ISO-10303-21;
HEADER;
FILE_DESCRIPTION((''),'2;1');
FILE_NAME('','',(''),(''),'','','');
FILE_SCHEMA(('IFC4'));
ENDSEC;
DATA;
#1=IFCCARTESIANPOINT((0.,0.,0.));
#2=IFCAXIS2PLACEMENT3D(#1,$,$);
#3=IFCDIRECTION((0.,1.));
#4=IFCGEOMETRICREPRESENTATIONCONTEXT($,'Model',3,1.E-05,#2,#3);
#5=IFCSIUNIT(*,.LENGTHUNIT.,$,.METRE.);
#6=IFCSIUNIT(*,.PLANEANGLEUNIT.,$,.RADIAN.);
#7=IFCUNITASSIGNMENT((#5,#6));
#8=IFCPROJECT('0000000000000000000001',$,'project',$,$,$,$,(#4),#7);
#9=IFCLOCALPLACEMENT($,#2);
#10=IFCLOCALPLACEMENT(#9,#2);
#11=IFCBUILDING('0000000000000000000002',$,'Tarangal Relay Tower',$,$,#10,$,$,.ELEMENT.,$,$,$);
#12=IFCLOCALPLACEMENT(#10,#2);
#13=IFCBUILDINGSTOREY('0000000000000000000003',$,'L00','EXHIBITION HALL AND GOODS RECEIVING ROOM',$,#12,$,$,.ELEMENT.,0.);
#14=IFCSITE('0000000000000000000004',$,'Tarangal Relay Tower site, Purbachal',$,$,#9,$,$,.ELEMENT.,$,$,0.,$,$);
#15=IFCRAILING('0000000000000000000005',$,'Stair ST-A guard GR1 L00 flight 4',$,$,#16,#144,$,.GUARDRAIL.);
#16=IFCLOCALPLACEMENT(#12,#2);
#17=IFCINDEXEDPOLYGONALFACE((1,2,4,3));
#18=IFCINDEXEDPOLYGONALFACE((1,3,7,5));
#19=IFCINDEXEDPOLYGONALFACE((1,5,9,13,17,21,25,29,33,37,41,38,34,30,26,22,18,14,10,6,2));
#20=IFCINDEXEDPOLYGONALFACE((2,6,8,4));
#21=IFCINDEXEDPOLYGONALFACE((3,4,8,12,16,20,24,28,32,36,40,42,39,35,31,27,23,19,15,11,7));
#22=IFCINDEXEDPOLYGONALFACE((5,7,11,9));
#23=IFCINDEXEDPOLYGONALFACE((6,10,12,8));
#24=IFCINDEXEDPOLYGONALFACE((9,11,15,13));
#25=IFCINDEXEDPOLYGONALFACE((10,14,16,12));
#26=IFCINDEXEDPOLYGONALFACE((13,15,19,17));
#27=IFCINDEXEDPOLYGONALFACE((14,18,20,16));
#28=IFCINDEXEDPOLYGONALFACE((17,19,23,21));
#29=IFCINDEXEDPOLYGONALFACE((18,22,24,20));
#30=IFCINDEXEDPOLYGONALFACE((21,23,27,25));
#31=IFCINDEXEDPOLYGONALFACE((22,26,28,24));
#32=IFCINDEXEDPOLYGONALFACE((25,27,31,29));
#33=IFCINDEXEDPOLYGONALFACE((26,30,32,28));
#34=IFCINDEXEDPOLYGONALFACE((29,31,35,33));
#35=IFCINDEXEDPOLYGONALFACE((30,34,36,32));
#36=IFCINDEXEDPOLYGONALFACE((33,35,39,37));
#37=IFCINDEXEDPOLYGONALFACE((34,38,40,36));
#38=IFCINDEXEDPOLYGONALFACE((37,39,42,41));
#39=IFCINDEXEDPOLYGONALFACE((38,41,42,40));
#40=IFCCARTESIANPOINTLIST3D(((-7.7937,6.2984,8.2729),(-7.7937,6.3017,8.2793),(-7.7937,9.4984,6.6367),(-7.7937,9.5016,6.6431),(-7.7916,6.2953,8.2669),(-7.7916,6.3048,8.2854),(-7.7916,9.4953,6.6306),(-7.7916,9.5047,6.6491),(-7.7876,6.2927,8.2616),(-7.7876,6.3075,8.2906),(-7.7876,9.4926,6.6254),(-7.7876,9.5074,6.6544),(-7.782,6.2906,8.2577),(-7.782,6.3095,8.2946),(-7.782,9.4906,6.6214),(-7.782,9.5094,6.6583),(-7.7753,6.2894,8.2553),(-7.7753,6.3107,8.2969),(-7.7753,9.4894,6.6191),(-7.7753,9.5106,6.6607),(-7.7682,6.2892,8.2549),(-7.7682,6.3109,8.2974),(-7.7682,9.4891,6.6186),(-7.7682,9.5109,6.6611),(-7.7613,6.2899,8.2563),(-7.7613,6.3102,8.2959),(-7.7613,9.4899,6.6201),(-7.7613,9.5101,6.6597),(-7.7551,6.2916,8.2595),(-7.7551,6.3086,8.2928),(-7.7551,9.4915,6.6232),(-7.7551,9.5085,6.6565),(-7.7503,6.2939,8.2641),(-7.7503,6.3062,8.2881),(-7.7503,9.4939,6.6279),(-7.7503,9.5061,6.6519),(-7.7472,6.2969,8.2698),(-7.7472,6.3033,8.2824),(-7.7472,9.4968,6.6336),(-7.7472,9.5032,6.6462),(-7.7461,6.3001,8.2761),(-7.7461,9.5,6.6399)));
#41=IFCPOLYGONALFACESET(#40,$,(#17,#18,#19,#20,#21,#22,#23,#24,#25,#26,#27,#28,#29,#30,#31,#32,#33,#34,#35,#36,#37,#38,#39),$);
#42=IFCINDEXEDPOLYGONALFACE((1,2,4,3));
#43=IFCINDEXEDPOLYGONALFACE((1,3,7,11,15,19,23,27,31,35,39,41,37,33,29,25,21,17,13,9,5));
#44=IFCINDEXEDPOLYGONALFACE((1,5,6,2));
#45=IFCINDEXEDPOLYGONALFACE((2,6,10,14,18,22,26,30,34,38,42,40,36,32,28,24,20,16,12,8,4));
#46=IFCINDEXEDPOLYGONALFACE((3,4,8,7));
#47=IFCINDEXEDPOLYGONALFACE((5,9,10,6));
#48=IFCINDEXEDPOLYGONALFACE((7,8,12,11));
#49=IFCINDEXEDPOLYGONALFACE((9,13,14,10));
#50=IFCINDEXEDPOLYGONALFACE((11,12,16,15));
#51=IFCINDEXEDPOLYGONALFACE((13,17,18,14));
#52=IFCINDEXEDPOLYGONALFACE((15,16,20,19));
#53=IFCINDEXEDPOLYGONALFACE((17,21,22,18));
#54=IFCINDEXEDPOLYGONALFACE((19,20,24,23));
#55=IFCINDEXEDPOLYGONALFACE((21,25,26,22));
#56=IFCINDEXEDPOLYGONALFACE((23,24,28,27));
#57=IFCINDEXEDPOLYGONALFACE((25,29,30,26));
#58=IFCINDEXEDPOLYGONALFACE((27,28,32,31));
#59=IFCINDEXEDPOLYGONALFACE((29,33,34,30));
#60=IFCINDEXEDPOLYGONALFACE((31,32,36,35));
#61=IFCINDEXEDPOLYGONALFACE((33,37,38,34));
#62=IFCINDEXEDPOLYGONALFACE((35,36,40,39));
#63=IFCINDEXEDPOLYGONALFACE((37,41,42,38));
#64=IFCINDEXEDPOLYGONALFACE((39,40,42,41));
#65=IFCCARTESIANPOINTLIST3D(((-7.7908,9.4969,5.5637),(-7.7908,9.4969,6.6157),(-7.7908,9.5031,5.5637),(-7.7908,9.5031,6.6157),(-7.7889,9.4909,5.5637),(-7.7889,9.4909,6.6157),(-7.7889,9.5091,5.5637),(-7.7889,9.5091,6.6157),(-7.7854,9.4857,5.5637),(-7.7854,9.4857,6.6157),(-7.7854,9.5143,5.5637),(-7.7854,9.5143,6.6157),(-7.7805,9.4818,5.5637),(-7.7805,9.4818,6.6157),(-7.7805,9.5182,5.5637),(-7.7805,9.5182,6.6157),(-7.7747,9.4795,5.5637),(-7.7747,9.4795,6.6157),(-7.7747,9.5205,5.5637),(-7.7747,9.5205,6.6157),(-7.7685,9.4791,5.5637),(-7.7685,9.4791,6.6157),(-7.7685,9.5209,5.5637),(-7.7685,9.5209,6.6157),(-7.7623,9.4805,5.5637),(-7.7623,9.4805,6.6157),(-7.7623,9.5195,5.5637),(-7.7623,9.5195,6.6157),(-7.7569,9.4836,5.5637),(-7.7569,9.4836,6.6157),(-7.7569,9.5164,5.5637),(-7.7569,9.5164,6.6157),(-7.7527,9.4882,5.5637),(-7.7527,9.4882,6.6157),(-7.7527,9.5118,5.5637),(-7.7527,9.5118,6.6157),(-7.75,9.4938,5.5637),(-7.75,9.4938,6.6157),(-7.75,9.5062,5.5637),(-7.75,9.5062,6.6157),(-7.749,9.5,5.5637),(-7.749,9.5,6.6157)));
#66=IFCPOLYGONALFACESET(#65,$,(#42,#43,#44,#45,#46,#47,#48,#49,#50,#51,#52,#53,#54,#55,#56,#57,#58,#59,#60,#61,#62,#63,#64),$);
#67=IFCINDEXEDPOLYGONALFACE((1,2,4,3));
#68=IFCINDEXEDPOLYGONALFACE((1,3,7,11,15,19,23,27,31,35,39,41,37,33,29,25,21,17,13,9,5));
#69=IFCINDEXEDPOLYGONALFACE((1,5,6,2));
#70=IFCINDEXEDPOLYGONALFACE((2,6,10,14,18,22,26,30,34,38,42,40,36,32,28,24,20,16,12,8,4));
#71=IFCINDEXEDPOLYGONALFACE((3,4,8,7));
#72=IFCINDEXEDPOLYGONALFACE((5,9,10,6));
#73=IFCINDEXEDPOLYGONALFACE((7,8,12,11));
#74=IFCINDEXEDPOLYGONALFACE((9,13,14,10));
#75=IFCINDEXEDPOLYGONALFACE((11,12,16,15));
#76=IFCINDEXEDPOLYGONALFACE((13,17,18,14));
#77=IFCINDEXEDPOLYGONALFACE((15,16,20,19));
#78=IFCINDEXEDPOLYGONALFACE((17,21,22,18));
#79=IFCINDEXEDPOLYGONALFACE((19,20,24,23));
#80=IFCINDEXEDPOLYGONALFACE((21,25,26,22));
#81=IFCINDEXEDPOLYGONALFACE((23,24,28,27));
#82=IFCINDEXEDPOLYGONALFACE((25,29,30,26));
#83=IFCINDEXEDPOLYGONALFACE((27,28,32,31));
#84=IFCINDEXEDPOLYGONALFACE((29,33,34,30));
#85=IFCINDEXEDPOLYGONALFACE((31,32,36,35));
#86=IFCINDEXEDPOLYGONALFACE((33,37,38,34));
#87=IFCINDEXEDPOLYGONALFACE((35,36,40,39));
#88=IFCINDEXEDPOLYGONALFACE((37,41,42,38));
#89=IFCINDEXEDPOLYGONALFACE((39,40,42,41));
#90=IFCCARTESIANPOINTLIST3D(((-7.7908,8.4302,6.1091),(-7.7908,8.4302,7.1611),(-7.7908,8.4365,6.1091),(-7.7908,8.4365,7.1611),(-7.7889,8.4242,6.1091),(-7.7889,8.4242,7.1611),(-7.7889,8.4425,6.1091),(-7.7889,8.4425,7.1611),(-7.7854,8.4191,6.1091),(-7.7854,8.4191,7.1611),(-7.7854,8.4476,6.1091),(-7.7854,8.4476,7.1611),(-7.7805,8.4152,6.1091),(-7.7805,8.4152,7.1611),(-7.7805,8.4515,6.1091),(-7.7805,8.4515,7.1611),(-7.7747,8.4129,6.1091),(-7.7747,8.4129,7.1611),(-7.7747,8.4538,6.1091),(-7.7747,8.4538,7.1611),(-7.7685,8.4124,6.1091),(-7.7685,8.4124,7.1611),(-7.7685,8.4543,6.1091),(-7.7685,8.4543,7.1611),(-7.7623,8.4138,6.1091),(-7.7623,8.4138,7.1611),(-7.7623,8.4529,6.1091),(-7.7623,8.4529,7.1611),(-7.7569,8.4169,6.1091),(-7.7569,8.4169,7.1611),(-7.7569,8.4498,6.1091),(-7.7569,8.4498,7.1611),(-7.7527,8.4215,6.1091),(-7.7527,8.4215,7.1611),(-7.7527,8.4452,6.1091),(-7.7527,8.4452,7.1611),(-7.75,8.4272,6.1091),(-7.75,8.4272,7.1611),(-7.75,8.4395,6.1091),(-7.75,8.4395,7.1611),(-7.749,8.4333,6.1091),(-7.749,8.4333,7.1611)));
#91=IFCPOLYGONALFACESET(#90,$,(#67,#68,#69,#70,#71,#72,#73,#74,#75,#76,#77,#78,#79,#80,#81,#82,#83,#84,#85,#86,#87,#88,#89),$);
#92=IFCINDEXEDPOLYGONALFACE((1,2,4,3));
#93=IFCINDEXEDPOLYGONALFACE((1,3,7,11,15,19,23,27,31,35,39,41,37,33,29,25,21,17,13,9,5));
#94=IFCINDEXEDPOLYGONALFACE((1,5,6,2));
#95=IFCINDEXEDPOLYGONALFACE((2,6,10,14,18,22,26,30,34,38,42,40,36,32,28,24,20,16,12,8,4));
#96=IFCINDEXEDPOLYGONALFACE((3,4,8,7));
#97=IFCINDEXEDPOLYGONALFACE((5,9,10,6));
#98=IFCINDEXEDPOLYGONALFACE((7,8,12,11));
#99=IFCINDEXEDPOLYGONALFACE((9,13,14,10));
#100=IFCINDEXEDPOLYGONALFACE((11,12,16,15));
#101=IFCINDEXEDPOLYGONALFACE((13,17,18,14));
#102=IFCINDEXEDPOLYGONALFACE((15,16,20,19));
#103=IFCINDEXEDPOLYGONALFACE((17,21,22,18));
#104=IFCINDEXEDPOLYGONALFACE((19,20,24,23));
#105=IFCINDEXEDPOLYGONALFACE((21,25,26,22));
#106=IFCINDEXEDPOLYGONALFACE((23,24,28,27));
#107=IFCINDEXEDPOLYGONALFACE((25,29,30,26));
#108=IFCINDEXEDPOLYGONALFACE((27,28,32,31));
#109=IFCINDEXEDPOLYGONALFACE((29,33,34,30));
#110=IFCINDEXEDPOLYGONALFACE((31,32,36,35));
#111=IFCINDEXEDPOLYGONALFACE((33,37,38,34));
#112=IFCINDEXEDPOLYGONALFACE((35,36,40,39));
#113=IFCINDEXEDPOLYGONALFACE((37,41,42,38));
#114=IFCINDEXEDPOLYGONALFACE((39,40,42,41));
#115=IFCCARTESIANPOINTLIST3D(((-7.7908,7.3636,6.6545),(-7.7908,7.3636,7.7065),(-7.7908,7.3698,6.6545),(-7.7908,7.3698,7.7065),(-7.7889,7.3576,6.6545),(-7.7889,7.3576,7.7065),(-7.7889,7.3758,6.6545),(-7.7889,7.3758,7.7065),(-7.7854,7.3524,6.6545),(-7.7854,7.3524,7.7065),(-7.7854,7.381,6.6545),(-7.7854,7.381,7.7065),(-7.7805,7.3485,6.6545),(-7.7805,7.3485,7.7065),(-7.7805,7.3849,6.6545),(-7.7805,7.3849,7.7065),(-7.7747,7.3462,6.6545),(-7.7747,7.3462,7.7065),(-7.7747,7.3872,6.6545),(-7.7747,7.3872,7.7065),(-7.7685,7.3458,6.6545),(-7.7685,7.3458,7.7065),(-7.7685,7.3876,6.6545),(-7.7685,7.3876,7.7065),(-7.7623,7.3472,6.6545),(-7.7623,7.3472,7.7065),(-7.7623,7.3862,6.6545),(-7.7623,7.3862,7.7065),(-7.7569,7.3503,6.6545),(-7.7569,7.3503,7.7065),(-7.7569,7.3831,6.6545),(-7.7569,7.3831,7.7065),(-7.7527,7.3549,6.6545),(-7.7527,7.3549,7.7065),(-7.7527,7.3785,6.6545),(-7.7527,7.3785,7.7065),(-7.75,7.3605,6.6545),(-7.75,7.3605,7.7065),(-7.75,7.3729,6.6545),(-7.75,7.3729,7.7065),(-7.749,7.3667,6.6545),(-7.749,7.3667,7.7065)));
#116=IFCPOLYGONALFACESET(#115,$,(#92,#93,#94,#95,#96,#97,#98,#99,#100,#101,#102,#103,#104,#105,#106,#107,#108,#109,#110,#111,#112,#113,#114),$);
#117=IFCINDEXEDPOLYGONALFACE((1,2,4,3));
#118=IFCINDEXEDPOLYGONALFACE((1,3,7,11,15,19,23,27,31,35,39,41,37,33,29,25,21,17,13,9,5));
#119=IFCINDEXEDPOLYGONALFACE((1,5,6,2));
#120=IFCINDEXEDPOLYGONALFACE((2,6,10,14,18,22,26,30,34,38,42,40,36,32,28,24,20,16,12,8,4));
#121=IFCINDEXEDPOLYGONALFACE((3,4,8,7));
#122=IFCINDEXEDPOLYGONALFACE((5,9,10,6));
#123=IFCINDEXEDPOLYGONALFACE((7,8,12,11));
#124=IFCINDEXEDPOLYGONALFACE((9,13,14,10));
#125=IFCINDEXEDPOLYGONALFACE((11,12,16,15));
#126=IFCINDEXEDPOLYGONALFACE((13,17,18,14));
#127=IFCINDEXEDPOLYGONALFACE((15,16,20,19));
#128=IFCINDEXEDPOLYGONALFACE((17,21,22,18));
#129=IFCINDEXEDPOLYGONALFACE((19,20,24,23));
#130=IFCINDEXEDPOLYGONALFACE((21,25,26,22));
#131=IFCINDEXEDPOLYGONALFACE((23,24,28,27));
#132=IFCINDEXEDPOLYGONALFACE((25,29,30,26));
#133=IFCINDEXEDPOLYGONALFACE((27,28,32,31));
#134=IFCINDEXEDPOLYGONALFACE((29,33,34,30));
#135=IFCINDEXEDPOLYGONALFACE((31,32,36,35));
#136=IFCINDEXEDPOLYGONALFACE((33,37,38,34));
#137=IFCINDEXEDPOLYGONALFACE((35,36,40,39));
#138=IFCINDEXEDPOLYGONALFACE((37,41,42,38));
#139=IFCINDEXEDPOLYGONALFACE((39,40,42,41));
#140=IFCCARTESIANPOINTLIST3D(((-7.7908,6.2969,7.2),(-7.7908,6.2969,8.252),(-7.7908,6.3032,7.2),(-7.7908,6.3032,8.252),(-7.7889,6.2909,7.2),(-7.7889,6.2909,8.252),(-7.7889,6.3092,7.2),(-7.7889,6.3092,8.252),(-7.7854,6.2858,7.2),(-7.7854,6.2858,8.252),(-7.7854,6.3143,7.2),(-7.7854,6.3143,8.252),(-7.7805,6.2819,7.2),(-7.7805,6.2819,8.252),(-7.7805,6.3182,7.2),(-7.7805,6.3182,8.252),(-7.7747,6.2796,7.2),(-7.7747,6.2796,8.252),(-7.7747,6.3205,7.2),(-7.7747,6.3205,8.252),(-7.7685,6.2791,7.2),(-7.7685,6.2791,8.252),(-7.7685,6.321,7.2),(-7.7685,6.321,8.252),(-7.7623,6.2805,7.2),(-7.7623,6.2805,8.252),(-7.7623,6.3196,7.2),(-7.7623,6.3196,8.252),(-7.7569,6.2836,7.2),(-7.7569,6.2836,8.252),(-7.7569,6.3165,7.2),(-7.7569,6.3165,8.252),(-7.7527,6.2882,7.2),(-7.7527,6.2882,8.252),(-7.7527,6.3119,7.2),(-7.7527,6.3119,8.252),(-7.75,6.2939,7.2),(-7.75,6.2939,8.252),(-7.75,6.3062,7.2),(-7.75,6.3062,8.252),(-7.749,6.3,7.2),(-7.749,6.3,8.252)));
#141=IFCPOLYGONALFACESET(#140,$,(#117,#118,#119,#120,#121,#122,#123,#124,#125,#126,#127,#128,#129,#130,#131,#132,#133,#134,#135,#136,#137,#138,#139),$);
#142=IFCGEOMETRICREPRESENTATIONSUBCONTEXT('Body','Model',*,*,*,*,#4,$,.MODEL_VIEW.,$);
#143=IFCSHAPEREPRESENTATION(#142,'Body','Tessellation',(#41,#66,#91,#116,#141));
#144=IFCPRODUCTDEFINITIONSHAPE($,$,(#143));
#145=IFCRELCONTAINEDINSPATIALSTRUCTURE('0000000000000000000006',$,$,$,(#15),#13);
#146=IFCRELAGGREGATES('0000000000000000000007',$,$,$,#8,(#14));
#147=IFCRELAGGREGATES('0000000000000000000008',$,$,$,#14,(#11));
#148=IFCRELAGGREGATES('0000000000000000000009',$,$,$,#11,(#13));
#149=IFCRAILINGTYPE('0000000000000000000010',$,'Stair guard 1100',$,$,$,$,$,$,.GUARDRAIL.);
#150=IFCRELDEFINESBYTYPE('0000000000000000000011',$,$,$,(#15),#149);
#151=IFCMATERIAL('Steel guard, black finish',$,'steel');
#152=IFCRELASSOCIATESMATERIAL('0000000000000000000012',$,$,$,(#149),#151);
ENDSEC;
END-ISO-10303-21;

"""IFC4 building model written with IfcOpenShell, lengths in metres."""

from ifc_helpers import new_model, si_unit, direction, frame, origin, origin_2d, place, context, subcontext, project, spatial, circle, extrude, material, type_object, element, save


model = new_model("IFC4")

# Units and contexts
model_context = context("Model", 3, precision=1e-05, world=origin(), true_north=direction((0.0, 1.0)))
body_context = subcontext(model_context, "Body", "Model", "MODEL_VIEW")
ifc_project = project(units=[si_unit("LENGTHUNIT", "METRE"), si_unit("PLANEANGLEUNIT", "RADIAN")], contexts=[model_context])

# Site, building, storey
site_placement = place(None, origin())
site = spatial("IfcSite", under=ifc_project, at=site_placement, Name="Tarangal Relay Tower site, Purbachal", CompositionType="ELEMENT", RefElevation=0.0)
building_placement = place(site_placement, origin())
building = spatial("IfcBuilding", under=site, at=building_placement, Name="Tarangal Relay Tower", CompositionType="ELEMENT")
storey_placement = place(building_placement, origin())
storey = spatial("IfcBuildingStorey", under=building, at=storey_placement, Name="L00", Description="EXHIBITION HALL AND GOODS RECEIVING ROOM", CompositionType="ELEMENT", Elevation=0.0)

# Railing
ifc_material_1 = material(Name="Steel guard, black finish", Category="steel")
railing_type = type_object("IfcRailingType", Name="Stair guard 1100", PredefinedType="GUARDRAIL", material=ifc_material_1)
railing_1_placement = place(storey_placement, frame((-7.77, 9.5, 5.5637)))
element("IfcRailing", 1, at=railing_1_placement, inside=storey, type_object=railing_type, Name="Stair ST-A guard GR1 L00 flight 4", PredefinedType="GUARDRAIL", context=body_context, shape_type="SweptSolid", body=[
    extrude(circle(Radius=0.0239, at=origin_2d()), frame((0.0, 0.0, 1.0762), z_axis=(0.0, -0.890356, 0.455265), x_axis=(1.0, 0.0, 0.0)), (0.0, 0.0, 1.0), 3.594),
    extrude(circle(Radius=0.021, at=origin_2d()), origin(), (0.0, 0.0, 1.0), 1.052),
    extrude(circle(Radius=0.021, at=origin_2d()), frame((0.0, -1.0667, 0.5454)), (0.0, 0.0, 1.0), 1.052),
    extrude(circle(Radius=0.021, at=origin_2d()), frame((0.0, -2.1333, 1.0908)), (0.0, 0.0, 1.0), 1.052),
    extrude(circle(Radius=0.021, at=origin_2d()), frame((0.0, -3.2, 1.6362)), (0.0, 0.0, 1.0), 1.052),
])

save(model, "model.ifc")
